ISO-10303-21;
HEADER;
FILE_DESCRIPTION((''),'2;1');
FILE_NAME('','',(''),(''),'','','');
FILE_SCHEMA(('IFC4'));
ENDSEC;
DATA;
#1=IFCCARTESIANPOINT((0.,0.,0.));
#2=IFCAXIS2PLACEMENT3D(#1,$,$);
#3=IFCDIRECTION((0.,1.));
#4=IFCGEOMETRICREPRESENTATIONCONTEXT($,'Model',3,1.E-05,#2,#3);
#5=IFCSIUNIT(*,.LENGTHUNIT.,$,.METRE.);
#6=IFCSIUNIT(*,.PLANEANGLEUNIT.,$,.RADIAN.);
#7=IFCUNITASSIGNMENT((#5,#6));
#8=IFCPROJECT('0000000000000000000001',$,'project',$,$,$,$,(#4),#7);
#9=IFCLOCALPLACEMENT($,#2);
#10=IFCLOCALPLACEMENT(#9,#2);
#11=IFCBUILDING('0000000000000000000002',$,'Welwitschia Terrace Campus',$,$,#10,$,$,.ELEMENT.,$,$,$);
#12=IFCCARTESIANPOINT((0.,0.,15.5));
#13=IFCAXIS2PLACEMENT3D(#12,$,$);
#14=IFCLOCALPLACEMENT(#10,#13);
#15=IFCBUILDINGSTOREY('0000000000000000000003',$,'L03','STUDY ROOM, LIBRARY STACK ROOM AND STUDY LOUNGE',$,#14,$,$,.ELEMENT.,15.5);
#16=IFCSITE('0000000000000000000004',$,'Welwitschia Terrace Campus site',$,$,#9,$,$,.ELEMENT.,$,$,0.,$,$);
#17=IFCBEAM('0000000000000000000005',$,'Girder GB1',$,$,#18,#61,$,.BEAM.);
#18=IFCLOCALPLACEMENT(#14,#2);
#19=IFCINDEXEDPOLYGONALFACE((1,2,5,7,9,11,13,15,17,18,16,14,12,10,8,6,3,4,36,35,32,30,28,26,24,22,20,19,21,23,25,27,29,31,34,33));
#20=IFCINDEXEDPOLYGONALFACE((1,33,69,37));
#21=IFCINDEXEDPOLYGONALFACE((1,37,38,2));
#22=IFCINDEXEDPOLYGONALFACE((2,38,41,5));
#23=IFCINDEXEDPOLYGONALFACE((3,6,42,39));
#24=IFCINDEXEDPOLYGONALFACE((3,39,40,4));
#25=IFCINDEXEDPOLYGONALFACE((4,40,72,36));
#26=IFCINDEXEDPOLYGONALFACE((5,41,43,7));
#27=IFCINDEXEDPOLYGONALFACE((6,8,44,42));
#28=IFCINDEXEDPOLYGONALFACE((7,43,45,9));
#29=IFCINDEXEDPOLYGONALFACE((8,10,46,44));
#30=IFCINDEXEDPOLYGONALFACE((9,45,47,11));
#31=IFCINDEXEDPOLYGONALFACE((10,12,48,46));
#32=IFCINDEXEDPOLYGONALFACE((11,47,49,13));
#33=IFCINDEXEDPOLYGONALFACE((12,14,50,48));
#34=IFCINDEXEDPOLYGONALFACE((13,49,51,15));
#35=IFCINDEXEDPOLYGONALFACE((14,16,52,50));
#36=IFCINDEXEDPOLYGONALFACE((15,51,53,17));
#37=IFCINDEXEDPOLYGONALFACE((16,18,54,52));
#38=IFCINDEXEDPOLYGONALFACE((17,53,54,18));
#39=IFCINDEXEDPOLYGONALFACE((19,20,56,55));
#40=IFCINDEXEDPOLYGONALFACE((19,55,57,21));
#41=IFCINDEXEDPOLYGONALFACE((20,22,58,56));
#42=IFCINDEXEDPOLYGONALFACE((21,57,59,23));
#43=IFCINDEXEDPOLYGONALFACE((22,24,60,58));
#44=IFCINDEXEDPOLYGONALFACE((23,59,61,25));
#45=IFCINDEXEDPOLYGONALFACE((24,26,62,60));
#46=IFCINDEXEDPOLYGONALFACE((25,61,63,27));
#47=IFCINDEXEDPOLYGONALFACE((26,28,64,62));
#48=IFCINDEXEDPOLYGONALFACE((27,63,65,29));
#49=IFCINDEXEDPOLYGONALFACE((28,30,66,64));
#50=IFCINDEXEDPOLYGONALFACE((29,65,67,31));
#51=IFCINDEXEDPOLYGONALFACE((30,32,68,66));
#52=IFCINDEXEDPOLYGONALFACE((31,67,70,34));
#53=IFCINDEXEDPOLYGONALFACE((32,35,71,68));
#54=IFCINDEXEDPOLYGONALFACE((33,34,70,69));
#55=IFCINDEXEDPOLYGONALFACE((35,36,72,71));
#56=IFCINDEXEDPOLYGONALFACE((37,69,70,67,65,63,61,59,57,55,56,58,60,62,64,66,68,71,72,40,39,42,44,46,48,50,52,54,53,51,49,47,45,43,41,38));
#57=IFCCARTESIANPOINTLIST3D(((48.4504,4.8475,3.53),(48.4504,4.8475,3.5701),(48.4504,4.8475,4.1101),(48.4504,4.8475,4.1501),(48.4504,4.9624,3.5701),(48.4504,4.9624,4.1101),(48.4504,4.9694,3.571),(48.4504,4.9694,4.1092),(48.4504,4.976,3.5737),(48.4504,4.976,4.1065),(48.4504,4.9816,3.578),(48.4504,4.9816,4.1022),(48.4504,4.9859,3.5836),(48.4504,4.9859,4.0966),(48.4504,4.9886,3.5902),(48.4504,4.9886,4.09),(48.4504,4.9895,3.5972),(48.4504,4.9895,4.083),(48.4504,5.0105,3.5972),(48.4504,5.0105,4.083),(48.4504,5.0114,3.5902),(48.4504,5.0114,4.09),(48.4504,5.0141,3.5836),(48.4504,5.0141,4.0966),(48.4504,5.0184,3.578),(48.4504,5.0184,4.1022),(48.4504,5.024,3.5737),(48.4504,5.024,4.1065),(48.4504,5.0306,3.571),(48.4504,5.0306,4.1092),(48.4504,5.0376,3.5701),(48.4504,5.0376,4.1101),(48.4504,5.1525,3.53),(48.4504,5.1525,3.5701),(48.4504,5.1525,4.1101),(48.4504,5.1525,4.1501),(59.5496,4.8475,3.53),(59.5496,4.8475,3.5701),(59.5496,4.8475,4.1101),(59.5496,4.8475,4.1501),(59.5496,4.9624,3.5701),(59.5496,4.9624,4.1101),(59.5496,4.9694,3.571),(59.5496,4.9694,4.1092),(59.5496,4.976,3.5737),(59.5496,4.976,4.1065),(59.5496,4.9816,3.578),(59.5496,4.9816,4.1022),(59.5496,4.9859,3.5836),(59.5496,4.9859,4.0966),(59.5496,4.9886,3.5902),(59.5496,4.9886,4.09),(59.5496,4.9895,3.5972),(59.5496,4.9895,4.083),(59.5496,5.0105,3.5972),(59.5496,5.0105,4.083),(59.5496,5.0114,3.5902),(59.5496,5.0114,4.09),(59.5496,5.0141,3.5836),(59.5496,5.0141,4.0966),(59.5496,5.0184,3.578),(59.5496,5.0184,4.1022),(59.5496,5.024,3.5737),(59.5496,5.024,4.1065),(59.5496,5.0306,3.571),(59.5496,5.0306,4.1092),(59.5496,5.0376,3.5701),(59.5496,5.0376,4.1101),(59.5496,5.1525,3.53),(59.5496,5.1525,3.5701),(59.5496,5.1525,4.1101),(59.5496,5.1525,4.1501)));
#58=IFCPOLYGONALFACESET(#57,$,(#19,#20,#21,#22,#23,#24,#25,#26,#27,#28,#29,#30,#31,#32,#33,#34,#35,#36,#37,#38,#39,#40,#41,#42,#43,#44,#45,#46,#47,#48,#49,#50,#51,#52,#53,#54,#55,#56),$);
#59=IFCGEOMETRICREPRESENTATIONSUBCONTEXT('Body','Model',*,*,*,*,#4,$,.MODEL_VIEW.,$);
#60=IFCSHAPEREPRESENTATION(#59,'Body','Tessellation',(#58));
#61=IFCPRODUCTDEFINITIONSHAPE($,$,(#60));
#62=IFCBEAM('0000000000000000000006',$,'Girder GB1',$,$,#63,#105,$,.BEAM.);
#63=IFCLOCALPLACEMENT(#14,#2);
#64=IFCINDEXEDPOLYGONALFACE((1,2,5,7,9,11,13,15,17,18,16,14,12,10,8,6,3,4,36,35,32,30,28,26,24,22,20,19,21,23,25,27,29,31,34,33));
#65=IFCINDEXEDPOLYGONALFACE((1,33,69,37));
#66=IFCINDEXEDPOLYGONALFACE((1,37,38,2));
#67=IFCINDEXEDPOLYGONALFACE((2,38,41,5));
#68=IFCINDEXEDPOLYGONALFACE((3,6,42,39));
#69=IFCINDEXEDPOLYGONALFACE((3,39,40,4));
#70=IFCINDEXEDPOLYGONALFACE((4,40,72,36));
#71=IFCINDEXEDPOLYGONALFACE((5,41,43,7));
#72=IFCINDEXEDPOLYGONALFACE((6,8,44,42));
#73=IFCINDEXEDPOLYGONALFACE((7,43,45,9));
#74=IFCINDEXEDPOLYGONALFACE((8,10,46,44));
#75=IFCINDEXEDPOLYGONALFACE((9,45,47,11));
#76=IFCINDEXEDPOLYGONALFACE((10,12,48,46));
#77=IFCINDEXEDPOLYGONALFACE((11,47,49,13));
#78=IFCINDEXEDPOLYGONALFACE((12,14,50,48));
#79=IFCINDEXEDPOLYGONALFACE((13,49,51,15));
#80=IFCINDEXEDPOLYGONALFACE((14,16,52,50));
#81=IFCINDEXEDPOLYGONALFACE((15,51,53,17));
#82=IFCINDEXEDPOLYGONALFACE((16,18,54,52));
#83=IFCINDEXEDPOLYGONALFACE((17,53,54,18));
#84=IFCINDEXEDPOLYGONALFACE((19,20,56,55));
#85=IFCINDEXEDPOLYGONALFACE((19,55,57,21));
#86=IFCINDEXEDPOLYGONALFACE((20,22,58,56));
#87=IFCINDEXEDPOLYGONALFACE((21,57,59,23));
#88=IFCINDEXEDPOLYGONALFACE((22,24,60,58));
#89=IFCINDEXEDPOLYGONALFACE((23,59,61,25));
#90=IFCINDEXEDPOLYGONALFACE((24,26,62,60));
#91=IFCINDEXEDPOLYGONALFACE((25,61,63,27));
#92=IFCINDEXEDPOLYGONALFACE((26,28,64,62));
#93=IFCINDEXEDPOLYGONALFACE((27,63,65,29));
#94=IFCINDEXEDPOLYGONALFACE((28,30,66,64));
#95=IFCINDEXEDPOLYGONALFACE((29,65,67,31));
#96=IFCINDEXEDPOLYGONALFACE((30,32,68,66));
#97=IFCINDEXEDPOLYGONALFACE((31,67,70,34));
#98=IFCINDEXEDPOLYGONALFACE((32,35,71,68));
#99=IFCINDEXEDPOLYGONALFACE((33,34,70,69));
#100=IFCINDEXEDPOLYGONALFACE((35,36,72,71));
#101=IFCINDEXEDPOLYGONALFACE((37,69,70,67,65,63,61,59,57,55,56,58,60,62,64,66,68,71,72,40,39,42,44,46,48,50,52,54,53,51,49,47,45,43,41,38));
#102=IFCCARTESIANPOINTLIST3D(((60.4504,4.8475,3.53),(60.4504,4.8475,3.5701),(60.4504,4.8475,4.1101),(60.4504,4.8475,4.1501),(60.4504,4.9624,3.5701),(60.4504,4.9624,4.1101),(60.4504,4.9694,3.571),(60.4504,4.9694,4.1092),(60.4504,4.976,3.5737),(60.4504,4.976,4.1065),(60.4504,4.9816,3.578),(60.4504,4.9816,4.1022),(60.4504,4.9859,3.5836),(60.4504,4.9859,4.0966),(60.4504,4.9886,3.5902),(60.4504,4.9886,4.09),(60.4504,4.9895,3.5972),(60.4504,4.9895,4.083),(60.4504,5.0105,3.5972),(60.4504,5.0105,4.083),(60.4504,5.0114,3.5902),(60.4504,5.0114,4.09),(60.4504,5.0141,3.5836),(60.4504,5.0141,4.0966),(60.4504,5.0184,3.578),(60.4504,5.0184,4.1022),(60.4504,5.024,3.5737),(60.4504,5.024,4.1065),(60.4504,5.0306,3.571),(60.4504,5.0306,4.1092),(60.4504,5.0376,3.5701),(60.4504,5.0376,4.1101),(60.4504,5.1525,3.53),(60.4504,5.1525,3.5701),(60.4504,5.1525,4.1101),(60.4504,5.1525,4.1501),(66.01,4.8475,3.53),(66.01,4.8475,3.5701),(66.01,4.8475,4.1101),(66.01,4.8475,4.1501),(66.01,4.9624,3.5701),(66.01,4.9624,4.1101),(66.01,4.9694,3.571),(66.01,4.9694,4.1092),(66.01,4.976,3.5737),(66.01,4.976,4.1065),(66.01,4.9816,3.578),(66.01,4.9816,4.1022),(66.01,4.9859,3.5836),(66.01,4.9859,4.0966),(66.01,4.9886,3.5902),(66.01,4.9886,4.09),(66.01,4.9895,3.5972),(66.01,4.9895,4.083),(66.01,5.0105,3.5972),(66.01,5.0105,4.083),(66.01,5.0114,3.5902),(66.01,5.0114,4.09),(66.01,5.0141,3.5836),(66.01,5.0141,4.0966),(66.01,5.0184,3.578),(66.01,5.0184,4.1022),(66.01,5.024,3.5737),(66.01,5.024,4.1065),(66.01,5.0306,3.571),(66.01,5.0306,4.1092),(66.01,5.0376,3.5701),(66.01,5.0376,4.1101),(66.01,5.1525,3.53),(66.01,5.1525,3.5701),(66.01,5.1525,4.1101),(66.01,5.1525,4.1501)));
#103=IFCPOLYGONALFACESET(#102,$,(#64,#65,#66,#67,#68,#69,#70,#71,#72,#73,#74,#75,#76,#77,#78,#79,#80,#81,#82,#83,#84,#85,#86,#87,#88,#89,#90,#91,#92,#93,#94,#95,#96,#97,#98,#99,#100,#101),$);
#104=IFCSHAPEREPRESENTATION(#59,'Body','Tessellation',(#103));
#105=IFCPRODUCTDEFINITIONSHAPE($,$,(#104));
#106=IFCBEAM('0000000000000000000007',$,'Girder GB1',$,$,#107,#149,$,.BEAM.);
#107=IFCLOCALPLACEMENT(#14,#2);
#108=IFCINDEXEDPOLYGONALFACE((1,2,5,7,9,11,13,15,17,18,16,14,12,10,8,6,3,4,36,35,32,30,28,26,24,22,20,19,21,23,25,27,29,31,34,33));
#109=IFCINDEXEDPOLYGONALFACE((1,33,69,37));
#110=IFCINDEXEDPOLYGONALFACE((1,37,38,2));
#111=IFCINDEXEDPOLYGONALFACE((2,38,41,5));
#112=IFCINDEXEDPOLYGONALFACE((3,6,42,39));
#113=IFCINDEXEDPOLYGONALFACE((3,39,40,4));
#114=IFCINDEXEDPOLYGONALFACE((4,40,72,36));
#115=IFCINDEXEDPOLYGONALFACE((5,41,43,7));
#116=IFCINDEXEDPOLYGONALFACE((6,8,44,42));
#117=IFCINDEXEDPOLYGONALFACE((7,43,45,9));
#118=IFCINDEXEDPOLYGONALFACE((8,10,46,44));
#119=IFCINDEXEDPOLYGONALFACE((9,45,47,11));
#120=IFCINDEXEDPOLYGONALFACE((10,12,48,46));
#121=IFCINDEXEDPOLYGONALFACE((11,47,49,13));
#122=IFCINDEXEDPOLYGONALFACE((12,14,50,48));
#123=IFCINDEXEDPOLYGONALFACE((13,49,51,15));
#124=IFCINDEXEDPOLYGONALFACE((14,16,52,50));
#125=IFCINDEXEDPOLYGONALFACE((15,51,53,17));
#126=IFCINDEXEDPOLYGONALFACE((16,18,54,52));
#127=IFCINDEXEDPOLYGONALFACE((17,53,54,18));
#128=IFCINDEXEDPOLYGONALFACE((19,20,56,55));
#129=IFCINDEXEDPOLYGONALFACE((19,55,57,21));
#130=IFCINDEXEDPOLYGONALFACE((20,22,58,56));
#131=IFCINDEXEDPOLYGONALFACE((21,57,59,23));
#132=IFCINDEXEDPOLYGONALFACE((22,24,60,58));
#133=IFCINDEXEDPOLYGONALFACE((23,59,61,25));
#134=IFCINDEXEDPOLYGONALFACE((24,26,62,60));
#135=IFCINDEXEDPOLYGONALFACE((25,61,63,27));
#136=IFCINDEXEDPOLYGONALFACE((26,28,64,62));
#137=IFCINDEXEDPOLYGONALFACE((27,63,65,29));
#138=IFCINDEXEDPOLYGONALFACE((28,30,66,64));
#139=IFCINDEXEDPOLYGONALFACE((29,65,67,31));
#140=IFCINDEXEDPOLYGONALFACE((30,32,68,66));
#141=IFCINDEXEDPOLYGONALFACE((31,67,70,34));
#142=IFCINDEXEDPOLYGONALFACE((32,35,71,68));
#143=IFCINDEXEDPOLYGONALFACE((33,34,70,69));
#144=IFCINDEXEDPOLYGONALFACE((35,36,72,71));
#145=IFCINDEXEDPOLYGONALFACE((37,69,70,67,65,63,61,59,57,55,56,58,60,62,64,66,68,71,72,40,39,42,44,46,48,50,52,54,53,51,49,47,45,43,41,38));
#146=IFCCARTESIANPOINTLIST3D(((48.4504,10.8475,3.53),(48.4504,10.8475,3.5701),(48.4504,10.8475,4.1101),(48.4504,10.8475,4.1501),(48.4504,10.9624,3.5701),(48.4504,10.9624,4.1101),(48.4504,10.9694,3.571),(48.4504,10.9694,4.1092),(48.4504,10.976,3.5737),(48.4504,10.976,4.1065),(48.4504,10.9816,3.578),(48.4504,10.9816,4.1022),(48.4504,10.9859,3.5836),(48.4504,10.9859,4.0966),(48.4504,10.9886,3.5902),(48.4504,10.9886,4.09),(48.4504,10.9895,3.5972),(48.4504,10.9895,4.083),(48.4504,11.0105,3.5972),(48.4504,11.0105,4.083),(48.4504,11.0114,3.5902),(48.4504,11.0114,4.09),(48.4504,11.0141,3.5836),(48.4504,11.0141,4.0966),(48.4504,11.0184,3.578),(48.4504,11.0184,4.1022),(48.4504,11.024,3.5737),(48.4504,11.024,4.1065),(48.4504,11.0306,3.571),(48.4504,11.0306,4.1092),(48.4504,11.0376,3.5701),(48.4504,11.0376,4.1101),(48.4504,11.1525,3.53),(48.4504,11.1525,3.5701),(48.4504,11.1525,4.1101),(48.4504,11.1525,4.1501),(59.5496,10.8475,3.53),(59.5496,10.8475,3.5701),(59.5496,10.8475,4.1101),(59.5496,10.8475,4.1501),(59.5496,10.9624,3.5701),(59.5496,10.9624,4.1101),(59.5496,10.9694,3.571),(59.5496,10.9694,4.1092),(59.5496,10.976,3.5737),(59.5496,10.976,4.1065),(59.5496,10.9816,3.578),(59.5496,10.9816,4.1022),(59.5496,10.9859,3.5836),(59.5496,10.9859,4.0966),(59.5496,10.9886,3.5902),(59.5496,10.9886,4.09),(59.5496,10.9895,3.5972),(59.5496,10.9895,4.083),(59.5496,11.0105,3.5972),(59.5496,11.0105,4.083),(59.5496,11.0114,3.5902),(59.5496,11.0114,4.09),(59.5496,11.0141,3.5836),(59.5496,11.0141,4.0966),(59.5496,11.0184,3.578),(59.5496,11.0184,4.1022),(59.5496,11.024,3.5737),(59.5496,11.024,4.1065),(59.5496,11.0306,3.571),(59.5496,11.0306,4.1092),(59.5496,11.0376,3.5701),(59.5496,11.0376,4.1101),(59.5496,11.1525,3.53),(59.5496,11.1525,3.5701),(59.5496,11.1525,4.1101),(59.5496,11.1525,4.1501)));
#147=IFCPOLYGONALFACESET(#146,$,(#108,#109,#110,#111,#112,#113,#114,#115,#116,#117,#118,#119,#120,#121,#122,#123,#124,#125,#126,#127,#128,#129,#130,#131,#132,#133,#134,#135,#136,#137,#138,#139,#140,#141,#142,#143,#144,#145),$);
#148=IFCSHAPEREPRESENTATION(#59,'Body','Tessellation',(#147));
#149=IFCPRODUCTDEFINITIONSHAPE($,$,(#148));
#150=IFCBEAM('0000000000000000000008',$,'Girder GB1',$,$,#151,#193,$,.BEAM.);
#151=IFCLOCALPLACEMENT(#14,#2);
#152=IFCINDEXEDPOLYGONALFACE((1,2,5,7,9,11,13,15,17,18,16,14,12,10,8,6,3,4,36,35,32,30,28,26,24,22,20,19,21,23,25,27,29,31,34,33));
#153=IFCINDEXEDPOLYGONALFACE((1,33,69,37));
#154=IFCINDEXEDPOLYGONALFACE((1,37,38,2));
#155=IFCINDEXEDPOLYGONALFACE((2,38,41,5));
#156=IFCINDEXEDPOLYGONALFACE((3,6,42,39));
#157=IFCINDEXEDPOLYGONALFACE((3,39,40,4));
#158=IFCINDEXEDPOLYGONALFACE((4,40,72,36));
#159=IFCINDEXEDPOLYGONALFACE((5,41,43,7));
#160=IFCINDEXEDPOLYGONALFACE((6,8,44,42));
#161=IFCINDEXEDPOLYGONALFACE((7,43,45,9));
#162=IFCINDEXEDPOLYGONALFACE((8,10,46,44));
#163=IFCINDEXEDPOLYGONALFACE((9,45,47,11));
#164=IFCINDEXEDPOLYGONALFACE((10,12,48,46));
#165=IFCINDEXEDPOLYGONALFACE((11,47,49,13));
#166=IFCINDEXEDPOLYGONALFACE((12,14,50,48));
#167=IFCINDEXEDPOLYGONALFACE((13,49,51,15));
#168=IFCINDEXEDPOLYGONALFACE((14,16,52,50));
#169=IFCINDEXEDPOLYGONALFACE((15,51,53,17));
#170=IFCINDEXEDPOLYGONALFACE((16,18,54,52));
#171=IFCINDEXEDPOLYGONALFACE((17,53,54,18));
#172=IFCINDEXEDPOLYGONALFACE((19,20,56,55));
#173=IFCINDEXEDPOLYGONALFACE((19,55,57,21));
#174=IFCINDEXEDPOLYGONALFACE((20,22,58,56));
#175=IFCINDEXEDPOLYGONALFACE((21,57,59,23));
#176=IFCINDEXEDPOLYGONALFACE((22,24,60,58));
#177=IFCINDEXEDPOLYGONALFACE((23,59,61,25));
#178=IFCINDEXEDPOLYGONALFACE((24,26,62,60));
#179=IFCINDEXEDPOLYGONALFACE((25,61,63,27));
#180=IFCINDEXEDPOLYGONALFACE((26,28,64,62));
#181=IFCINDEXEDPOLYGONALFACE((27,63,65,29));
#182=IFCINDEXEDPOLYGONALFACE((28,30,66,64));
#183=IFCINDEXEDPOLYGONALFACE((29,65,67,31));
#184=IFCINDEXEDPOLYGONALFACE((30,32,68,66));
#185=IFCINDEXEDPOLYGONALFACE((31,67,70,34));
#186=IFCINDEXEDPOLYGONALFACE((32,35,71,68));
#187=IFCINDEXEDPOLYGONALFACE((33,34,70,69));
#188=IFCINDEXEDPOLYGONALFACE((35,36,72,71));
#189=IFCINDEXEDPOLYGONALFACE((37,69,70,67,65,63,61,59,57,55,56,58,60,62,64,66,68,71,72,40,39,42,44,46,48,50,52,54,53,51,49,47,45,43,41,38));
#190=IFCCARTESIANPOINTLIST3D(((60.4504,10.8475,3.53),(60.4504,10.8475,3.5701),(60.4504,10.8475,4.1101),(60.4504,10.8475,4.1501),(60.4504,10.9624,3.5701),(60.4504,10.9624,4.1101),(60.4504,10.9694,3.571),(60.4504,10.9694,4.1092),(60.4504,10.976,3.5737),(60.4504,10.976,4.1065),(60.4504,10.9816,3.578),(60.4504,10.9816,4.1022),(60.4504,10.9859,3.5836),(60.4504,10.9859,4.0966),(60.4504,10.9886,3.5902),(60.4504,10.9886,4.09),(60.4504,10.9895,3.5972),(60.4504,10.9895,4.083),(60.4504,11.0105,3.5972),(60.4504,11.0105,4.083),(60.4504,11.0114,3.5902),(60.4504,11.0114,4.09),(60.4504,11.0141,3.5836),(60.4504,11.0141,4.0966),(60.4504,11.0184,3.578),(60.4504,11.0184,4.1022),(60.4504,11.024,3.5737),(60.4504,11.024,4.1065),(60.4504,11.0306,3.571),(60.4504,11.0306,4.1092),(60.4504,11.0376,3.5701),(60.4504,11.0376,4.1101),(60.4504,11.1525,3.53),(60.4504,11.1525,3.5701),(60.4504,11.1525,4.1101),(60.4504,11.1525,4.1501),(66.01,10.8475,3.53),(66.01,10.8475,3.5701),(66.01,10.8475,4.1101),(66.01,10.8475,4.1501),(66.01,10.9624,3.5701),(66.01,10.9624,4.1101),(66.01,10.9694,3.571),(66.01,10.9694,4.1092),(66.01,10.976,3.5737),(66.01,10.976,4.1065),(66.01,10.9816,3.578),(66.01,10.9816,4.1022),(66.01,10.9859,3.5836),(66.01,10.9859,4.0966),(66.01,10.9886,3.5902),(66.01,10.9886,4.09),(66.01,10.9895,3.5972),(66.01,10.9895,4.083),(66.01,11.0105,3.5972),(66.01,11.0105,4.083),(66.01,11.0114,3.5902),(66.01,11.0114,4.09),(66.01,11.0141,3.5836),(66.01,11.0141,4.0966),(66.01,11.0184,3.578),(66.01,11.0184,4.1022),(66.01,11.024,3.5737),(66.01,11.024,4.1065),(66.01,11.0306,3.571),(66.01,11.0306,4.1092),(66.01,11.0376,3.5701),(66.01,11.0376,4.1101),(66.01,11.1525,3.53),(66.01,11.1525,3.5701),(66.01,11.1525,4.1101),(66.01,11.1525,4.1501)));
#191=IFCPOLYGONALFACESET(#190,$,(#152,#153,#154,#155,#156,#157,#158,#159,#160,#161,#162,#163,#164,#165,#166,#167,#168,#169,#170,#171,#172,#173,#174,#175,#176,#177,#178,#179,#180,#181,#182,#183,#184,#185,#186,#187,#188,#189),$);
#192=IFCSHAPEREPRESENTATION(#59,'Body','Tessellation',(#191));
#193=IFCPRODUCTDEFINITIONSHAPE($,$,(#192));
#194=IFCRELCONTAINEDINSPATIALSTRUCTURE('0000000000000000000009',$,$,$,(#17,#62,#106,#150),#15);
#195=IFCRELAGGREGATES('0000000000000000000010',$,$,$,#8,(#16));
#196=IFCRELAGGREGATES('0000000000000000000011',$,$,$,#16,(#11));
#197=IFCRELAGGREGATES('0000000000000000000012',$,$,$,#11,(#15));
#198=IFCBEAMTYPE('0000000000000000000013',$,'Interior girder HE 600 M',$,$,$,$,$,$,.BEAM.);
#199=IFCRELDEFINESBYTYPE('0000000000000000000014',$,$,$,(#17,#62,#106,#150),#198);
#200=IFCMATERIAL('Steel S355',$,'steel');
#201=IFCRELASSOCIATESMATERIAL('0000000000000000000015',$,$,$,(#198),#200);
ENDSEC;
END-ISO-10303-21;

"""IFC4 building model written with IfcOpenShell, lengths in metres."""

from ifc_helpers import new_model, si_unit, direction, frame, origin, origin_2d, place, context, subcontext, project, spatial, i_section, extrude, material, material_profile, profile_set, type_object, element, save


model = new_model("IFC4")

# Units and contexts
model_context = context("Model", 3, precision=1e-05, world=origin(), true_north=direction((0.0, 1.0)))
body_context = subcontext(model_context, "Body", "Model", "MODEL_VIEW")
ifc_project = project(units=[si_unit("LENGTHUNIT", "METRE"), si_unit("PLANEANGLEUNIT", "RADIAN")], contexts=[model_context])

# Site, building, storey
site_placement = place(None, origin())
site = spatial("IfcSite", under=ifc_project, at=site_placement, Name="Welwitschia Terrace Campus site", CompositionType="ELEMENT", RefElevation=0.0)
building_placement = place(site_placement, origin())
building = spatial("IfcBuilding", under=site, at=building_placement, Name="Welwitschia Terrace Campus", CompositionType="ELEMENT")
storey_placement = place(building_placement, frame((0.0, 0.0, 15.5)))
storey = spatial("IfcBuildingStorey", under=building, at=storey_placement, Name="L03", Description="STUDY ROOM, LIBRARY STACK ROOM AND STUDY LOUNGE", CompositionType="ELEMENT", Elevation=15.5)

# Beams
ifc_material_1 = material(Name="Steel S355", Category="steel")
ifc_material_profile_1 = material_profile(ifc_material_1, i_section(OverallWidth=0.3049, OverallDepth=0.6201, WebThickness=0.021, FlangeThickness=0.04, FilletRadius=0.0271, at=origin_2d()))
ifc_profile_set_1 = profile_set([ifc_material_profile_1], Name="Steel S355")
beam_type_1 = type_object("IfcBeamType", Name="Interior girder HE 600 M", PredefinedType="BEAM", material=ifc_profile_set_1)
beam_1_placement = place(storey_placement, frame((48.4504, 5.0, 3.8401), z_axis=(1.0, 0.0, 0.0), x_axis=(0.0, 1.0, 0.0)))
element("IfcBeam", 1, at=beam_1_placement, inside=storey, type_object=beam_type_1, Name="Girder GB1", PredefinedType="BEAM", context=body_context, shape_type="SweptSolid", body=[
    extrude(i_section(OverallWidth=0.3049, OverallDepth=0.6201, WebThickness=0.021, FlangeThickness=0.04, FilletRadius=0.0271, at=origin_2d()), origin(), (0.0, 0.0, 1.0), 11.0991),
])
beam_2_placement = place(storey_placement, frame((60.4504, 5.0, 3.8401), z_axis=(1.0, 0.0, 0.0), x_axis=(0.0, 1.0, 0.0)))
element("IfcBeam", 2, at=beam_2_placement, inside=storey, type_object=beam_type_1, Name="Girder GB1", PredefinedType="BEAM", context=body_context, shape_type="SweptSolid", body=[
    extrude(i_section(OverallWidth=0.3049, OverallDepth=0.6201, WebThickness=0.021, FlangeThickness=0.04, FilletRadius=0.0271, at=origin_2d()), origin(), (0.0, 0.0, 1.0), 5.5596),
])
beam_3_placement = place(storey_placement, frame((48.4504, 11.0, 3.8401), z_axis=(1.0, 0.0, 0.0), x_axis=(0.0, 1.0, 0.0)))
element("IfcBeam", 3, at=beam_3_placement, inside=storey, type_object=beam_type_1, Name="Girder GB1", PredefinedType="BEAM", context=body_context, shape_type="SweptSolid", body=[
    extrude(i_section(OverallWidth=0.3049, OverallDepth=0.6201, WebThickness=0.021, FlangeThickness=0.04, FilletRadius=0.0271, at=origin_2d()), origin(), (0.0, 0.0, 1.0), 11.0991),
])
beam_4_placement = place(storey_placement, frame((60.4504, 11.0, 3.8401), z_axis=(1.0, 0.0, 0.0), x_axis=(0.0, 1.0, 0.0)))
element("IfcBeam", 4, at=beam_4_placement, inside=storey, type_object=beam_type_1, Name="Girder GB1", PredefinedType="BEAM", context=body_context, shape_type="SweptSolid", body=[
    extrude(i_section(OverallWidth=0.3049, OverallDepth=0.6201, WebThickness=0.021, FlangeThickness=0.04, FilletRadius=0.0271, at=origin_2d()), origin(), (0.0, 0.0, 1.0), 5.5596),
])

save(model, "model.ifc")
